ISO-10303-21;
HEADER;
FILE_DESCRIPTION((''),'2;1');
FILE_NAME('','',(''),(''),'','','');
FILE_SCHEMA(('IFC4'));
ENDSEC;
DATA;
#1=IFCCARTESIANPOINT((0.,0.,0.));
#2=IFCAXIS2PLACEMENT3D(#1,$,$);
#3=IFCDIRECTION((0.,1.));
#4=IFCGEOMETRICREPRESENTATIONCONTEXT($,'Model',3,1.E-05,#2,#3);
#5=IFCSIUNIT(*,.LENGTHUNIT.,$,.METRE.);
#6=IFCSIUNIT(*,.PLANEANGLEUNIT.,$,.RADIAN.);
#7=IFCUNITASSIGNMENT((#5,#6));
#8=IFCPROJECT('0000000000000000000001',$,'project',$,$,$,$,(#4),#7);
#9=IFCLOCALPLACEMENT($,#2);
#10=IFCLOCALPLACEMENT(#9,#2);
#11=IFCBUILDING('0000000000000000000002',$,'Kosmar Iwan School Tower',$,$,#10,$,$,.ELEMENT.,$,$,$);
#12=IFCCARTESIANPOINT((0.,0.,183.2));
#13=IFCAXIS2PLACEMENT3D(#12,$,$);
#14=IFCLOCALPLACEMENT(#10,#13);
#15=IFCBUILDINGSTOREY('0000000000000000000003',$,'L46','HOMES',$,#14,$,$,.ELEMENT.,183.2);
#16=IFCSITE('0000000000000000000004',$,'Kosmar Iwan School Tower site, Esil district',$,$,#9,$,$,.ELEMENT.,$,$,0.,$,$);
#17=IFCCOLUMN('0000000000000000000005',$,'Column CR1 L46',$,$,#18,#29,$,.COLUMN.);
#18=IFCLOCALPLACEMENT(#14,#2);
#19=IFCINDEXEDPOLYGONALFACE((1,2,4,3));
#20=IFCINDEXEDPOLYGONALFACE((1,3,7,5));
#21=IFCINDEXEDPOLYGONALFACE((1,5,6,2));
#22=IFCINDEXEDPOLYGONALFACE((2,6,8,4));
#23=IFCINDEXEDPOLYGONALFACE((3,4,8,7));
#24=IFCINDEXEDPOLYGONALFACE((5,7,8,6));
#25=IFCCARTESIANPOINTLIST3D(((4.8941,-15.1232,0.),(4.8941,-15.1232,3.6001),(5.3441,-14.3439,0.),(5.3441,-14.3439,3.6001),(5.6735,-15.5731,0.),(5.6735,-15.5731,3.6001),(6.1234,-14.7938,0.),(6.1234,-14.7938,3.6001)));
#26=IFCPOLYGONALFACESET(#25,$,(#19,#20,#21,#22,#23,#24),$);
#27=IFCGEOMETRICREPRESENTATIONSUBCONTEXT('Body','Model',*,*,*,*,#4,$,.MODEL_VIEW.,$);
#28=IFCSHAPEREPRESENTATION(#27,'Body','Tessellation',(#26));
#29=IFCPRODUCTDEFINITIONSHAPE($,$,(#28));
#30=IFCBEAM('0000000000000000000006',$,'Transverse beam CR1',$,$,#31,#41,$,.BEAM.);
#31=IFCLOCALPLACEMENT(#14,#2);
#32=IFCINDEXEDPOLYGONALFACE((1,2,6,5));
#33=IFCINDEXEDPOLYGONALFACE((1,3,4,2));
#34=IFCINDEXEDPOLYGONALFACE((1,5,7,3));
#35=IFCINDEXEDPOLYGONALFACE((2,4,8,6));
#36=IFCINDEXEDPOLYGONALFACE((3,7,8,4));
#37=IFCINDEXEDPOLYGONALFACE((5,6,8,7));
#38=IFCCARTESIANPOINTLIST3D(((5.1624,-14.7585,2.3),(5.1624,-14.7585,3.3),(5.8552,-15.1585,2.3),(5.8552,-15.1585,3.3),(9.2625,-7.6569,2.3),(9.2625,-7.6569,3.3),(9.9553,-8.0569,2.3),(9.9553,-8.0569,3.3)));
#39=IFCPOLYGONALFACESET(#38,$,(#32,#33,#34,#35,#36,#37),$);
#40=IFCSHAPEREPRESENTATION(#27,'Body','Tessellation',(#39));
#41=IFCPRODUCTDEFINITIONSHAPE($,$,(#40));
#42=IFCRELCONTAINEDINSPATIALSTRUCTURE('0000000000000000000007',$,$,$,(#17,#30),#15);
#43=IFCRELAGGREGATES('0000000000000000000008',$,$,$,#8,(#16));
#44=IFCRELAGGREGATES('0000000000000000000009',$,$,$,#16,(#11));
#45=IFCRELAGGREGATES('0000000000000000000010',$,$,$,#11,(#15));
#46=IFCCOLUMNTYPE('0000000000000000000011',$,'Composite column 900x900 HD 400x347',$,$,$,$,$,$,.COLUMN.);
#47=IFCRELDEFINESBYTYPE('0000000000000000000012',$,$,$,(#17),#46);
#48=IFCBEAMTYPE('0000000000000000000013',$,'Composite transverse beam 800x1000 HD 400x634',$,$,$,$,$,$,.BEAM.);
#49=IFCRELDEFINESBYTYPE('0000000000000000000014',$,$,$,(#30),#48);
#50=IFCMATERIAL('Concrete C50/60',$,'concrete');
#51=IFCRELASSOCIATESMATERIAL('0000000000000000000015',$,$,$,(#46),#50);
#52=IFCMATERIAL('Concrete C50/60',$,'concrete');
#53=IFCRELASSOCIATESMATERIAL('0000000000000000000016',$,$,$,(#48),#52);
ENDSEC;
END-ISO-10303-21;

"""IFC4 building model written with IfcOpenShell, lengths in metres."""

from ifc_helpers import new_model, si_unit, direction, frame, origin, origin_2d, place, context, subcontext, project, spatial, rectangle, extrude, material, material_profile, profile_set, type_object, element, save


model = new_model("IFC4")

# Units and contexts
model_context = context("Model", 3, precision=1e-05, world=origin(), true_north=direction((0.0, 1.0)))
body_context = subcontext(model_context, "Body", "Model", "MODEL_VIEW")
ifc_project = project(units=[si_unit("LENGTHUNIT", "METRE"), si_unit("PLANEANGLEUNIT", "RADIAN")], contexts=[model_context])

# Site, building, storey
site_placement = place(None, origin())
site = spatial("IfcSite", under=ifc_project, at=site_placement, Name="Kosmar Iwan School Tower site, Esil district", CompositionType="ELEMENT", RefElevation=0.0)
building_placement = place(site_placement, origin())
building = spatial("IfcBuilding", under=site, at=building_placement, Name="Kosmar Iwan School Tower", CompositionType="ELEMENT")
storey_placement = place(building_placement, frame((0.0, 0.0, 183.2)))
storey = spatial("IfcBuildingStorey", under=building, at=storey_placement, Name="L46", Description="HOMES", CompositionType="ELEMENT", Elevation=183.2)

# Column
ifc_material_1 = material(Name="Concrete C50/60", Category="concrete")
ifc_material_profile_1 = material_profile(ifc_material_1, rectangle(XDim=0.8999, YDim=0.8999, at=origin_2d()), Name="RC 900x900 + HD 400x347")
ifc_profile_set_1 = profile_set([ifc_material_profile_1], Name="Concrete C50/60")
column_type = type_object("IfcColumnType", Name="Composite column 900x900 HD 400x347", PredefinedType="COLUMN", material=ifc_profile_set_1)
column_placement = place(storey_placement, frame((5.5088, -14.9585, 0.0), z_axis=(0.0, 0.0, 1.0), x_axis=(0.866025, -0.5, 0.0)))
element("IfcColumn", 1, at=column_placement, inside=storey, type_object=column_type, Name="Column CR1 L46", PredefinedType="COLUMN", context=body_context, shape_type="SweptSolid", body=[
    extrude(rectangle(XDim=0.8999, YDim=0.8999, at=origin_2d()), origin(), (0.0, 0.0, 1.0), 3.6001),
])

# Beam
ifc_material_2 = material(Name="Concrete C50/60", Category="concrete")
ifc_material_profile_2 = material_profile(ifc_material_2, rectangle(XDim=0.8, YDim=1.0, at=origin_2d()), Name="RC 800x1000 + HD 400x634")
ifc_profile_set_2 = profile_set([ifc_material_profile_2], Name="Concrete C50/60")
beam_type = type_object("IfcBeamType", Name="Composite transverse beam 800x1000 HD 400x634", PredefinedType="BEAM", material=ifc_profile_set_2)
beam_placement = place(storey_placement, frame((5.5088, -14.9585, 2.8), z_axis=(0.500001, 0.866025, 0.0), x_axis=(-0.866025, 0.500001, 0.0)))
element("IfcBeam", 2, at=beam_placement, inside=storey, type_object=beam_type, Name="Transverse beam CR1", PredefinedType="BEAM", context=body_context, shape_type="SweptSolid", body=[
    extrude(rectangle(XDim=0.8, YDim=1.0, at=origin_2d()), origin(), (0.0, 0.0, 1.0), 8.2002),
])

save(model, "model.ifc")
